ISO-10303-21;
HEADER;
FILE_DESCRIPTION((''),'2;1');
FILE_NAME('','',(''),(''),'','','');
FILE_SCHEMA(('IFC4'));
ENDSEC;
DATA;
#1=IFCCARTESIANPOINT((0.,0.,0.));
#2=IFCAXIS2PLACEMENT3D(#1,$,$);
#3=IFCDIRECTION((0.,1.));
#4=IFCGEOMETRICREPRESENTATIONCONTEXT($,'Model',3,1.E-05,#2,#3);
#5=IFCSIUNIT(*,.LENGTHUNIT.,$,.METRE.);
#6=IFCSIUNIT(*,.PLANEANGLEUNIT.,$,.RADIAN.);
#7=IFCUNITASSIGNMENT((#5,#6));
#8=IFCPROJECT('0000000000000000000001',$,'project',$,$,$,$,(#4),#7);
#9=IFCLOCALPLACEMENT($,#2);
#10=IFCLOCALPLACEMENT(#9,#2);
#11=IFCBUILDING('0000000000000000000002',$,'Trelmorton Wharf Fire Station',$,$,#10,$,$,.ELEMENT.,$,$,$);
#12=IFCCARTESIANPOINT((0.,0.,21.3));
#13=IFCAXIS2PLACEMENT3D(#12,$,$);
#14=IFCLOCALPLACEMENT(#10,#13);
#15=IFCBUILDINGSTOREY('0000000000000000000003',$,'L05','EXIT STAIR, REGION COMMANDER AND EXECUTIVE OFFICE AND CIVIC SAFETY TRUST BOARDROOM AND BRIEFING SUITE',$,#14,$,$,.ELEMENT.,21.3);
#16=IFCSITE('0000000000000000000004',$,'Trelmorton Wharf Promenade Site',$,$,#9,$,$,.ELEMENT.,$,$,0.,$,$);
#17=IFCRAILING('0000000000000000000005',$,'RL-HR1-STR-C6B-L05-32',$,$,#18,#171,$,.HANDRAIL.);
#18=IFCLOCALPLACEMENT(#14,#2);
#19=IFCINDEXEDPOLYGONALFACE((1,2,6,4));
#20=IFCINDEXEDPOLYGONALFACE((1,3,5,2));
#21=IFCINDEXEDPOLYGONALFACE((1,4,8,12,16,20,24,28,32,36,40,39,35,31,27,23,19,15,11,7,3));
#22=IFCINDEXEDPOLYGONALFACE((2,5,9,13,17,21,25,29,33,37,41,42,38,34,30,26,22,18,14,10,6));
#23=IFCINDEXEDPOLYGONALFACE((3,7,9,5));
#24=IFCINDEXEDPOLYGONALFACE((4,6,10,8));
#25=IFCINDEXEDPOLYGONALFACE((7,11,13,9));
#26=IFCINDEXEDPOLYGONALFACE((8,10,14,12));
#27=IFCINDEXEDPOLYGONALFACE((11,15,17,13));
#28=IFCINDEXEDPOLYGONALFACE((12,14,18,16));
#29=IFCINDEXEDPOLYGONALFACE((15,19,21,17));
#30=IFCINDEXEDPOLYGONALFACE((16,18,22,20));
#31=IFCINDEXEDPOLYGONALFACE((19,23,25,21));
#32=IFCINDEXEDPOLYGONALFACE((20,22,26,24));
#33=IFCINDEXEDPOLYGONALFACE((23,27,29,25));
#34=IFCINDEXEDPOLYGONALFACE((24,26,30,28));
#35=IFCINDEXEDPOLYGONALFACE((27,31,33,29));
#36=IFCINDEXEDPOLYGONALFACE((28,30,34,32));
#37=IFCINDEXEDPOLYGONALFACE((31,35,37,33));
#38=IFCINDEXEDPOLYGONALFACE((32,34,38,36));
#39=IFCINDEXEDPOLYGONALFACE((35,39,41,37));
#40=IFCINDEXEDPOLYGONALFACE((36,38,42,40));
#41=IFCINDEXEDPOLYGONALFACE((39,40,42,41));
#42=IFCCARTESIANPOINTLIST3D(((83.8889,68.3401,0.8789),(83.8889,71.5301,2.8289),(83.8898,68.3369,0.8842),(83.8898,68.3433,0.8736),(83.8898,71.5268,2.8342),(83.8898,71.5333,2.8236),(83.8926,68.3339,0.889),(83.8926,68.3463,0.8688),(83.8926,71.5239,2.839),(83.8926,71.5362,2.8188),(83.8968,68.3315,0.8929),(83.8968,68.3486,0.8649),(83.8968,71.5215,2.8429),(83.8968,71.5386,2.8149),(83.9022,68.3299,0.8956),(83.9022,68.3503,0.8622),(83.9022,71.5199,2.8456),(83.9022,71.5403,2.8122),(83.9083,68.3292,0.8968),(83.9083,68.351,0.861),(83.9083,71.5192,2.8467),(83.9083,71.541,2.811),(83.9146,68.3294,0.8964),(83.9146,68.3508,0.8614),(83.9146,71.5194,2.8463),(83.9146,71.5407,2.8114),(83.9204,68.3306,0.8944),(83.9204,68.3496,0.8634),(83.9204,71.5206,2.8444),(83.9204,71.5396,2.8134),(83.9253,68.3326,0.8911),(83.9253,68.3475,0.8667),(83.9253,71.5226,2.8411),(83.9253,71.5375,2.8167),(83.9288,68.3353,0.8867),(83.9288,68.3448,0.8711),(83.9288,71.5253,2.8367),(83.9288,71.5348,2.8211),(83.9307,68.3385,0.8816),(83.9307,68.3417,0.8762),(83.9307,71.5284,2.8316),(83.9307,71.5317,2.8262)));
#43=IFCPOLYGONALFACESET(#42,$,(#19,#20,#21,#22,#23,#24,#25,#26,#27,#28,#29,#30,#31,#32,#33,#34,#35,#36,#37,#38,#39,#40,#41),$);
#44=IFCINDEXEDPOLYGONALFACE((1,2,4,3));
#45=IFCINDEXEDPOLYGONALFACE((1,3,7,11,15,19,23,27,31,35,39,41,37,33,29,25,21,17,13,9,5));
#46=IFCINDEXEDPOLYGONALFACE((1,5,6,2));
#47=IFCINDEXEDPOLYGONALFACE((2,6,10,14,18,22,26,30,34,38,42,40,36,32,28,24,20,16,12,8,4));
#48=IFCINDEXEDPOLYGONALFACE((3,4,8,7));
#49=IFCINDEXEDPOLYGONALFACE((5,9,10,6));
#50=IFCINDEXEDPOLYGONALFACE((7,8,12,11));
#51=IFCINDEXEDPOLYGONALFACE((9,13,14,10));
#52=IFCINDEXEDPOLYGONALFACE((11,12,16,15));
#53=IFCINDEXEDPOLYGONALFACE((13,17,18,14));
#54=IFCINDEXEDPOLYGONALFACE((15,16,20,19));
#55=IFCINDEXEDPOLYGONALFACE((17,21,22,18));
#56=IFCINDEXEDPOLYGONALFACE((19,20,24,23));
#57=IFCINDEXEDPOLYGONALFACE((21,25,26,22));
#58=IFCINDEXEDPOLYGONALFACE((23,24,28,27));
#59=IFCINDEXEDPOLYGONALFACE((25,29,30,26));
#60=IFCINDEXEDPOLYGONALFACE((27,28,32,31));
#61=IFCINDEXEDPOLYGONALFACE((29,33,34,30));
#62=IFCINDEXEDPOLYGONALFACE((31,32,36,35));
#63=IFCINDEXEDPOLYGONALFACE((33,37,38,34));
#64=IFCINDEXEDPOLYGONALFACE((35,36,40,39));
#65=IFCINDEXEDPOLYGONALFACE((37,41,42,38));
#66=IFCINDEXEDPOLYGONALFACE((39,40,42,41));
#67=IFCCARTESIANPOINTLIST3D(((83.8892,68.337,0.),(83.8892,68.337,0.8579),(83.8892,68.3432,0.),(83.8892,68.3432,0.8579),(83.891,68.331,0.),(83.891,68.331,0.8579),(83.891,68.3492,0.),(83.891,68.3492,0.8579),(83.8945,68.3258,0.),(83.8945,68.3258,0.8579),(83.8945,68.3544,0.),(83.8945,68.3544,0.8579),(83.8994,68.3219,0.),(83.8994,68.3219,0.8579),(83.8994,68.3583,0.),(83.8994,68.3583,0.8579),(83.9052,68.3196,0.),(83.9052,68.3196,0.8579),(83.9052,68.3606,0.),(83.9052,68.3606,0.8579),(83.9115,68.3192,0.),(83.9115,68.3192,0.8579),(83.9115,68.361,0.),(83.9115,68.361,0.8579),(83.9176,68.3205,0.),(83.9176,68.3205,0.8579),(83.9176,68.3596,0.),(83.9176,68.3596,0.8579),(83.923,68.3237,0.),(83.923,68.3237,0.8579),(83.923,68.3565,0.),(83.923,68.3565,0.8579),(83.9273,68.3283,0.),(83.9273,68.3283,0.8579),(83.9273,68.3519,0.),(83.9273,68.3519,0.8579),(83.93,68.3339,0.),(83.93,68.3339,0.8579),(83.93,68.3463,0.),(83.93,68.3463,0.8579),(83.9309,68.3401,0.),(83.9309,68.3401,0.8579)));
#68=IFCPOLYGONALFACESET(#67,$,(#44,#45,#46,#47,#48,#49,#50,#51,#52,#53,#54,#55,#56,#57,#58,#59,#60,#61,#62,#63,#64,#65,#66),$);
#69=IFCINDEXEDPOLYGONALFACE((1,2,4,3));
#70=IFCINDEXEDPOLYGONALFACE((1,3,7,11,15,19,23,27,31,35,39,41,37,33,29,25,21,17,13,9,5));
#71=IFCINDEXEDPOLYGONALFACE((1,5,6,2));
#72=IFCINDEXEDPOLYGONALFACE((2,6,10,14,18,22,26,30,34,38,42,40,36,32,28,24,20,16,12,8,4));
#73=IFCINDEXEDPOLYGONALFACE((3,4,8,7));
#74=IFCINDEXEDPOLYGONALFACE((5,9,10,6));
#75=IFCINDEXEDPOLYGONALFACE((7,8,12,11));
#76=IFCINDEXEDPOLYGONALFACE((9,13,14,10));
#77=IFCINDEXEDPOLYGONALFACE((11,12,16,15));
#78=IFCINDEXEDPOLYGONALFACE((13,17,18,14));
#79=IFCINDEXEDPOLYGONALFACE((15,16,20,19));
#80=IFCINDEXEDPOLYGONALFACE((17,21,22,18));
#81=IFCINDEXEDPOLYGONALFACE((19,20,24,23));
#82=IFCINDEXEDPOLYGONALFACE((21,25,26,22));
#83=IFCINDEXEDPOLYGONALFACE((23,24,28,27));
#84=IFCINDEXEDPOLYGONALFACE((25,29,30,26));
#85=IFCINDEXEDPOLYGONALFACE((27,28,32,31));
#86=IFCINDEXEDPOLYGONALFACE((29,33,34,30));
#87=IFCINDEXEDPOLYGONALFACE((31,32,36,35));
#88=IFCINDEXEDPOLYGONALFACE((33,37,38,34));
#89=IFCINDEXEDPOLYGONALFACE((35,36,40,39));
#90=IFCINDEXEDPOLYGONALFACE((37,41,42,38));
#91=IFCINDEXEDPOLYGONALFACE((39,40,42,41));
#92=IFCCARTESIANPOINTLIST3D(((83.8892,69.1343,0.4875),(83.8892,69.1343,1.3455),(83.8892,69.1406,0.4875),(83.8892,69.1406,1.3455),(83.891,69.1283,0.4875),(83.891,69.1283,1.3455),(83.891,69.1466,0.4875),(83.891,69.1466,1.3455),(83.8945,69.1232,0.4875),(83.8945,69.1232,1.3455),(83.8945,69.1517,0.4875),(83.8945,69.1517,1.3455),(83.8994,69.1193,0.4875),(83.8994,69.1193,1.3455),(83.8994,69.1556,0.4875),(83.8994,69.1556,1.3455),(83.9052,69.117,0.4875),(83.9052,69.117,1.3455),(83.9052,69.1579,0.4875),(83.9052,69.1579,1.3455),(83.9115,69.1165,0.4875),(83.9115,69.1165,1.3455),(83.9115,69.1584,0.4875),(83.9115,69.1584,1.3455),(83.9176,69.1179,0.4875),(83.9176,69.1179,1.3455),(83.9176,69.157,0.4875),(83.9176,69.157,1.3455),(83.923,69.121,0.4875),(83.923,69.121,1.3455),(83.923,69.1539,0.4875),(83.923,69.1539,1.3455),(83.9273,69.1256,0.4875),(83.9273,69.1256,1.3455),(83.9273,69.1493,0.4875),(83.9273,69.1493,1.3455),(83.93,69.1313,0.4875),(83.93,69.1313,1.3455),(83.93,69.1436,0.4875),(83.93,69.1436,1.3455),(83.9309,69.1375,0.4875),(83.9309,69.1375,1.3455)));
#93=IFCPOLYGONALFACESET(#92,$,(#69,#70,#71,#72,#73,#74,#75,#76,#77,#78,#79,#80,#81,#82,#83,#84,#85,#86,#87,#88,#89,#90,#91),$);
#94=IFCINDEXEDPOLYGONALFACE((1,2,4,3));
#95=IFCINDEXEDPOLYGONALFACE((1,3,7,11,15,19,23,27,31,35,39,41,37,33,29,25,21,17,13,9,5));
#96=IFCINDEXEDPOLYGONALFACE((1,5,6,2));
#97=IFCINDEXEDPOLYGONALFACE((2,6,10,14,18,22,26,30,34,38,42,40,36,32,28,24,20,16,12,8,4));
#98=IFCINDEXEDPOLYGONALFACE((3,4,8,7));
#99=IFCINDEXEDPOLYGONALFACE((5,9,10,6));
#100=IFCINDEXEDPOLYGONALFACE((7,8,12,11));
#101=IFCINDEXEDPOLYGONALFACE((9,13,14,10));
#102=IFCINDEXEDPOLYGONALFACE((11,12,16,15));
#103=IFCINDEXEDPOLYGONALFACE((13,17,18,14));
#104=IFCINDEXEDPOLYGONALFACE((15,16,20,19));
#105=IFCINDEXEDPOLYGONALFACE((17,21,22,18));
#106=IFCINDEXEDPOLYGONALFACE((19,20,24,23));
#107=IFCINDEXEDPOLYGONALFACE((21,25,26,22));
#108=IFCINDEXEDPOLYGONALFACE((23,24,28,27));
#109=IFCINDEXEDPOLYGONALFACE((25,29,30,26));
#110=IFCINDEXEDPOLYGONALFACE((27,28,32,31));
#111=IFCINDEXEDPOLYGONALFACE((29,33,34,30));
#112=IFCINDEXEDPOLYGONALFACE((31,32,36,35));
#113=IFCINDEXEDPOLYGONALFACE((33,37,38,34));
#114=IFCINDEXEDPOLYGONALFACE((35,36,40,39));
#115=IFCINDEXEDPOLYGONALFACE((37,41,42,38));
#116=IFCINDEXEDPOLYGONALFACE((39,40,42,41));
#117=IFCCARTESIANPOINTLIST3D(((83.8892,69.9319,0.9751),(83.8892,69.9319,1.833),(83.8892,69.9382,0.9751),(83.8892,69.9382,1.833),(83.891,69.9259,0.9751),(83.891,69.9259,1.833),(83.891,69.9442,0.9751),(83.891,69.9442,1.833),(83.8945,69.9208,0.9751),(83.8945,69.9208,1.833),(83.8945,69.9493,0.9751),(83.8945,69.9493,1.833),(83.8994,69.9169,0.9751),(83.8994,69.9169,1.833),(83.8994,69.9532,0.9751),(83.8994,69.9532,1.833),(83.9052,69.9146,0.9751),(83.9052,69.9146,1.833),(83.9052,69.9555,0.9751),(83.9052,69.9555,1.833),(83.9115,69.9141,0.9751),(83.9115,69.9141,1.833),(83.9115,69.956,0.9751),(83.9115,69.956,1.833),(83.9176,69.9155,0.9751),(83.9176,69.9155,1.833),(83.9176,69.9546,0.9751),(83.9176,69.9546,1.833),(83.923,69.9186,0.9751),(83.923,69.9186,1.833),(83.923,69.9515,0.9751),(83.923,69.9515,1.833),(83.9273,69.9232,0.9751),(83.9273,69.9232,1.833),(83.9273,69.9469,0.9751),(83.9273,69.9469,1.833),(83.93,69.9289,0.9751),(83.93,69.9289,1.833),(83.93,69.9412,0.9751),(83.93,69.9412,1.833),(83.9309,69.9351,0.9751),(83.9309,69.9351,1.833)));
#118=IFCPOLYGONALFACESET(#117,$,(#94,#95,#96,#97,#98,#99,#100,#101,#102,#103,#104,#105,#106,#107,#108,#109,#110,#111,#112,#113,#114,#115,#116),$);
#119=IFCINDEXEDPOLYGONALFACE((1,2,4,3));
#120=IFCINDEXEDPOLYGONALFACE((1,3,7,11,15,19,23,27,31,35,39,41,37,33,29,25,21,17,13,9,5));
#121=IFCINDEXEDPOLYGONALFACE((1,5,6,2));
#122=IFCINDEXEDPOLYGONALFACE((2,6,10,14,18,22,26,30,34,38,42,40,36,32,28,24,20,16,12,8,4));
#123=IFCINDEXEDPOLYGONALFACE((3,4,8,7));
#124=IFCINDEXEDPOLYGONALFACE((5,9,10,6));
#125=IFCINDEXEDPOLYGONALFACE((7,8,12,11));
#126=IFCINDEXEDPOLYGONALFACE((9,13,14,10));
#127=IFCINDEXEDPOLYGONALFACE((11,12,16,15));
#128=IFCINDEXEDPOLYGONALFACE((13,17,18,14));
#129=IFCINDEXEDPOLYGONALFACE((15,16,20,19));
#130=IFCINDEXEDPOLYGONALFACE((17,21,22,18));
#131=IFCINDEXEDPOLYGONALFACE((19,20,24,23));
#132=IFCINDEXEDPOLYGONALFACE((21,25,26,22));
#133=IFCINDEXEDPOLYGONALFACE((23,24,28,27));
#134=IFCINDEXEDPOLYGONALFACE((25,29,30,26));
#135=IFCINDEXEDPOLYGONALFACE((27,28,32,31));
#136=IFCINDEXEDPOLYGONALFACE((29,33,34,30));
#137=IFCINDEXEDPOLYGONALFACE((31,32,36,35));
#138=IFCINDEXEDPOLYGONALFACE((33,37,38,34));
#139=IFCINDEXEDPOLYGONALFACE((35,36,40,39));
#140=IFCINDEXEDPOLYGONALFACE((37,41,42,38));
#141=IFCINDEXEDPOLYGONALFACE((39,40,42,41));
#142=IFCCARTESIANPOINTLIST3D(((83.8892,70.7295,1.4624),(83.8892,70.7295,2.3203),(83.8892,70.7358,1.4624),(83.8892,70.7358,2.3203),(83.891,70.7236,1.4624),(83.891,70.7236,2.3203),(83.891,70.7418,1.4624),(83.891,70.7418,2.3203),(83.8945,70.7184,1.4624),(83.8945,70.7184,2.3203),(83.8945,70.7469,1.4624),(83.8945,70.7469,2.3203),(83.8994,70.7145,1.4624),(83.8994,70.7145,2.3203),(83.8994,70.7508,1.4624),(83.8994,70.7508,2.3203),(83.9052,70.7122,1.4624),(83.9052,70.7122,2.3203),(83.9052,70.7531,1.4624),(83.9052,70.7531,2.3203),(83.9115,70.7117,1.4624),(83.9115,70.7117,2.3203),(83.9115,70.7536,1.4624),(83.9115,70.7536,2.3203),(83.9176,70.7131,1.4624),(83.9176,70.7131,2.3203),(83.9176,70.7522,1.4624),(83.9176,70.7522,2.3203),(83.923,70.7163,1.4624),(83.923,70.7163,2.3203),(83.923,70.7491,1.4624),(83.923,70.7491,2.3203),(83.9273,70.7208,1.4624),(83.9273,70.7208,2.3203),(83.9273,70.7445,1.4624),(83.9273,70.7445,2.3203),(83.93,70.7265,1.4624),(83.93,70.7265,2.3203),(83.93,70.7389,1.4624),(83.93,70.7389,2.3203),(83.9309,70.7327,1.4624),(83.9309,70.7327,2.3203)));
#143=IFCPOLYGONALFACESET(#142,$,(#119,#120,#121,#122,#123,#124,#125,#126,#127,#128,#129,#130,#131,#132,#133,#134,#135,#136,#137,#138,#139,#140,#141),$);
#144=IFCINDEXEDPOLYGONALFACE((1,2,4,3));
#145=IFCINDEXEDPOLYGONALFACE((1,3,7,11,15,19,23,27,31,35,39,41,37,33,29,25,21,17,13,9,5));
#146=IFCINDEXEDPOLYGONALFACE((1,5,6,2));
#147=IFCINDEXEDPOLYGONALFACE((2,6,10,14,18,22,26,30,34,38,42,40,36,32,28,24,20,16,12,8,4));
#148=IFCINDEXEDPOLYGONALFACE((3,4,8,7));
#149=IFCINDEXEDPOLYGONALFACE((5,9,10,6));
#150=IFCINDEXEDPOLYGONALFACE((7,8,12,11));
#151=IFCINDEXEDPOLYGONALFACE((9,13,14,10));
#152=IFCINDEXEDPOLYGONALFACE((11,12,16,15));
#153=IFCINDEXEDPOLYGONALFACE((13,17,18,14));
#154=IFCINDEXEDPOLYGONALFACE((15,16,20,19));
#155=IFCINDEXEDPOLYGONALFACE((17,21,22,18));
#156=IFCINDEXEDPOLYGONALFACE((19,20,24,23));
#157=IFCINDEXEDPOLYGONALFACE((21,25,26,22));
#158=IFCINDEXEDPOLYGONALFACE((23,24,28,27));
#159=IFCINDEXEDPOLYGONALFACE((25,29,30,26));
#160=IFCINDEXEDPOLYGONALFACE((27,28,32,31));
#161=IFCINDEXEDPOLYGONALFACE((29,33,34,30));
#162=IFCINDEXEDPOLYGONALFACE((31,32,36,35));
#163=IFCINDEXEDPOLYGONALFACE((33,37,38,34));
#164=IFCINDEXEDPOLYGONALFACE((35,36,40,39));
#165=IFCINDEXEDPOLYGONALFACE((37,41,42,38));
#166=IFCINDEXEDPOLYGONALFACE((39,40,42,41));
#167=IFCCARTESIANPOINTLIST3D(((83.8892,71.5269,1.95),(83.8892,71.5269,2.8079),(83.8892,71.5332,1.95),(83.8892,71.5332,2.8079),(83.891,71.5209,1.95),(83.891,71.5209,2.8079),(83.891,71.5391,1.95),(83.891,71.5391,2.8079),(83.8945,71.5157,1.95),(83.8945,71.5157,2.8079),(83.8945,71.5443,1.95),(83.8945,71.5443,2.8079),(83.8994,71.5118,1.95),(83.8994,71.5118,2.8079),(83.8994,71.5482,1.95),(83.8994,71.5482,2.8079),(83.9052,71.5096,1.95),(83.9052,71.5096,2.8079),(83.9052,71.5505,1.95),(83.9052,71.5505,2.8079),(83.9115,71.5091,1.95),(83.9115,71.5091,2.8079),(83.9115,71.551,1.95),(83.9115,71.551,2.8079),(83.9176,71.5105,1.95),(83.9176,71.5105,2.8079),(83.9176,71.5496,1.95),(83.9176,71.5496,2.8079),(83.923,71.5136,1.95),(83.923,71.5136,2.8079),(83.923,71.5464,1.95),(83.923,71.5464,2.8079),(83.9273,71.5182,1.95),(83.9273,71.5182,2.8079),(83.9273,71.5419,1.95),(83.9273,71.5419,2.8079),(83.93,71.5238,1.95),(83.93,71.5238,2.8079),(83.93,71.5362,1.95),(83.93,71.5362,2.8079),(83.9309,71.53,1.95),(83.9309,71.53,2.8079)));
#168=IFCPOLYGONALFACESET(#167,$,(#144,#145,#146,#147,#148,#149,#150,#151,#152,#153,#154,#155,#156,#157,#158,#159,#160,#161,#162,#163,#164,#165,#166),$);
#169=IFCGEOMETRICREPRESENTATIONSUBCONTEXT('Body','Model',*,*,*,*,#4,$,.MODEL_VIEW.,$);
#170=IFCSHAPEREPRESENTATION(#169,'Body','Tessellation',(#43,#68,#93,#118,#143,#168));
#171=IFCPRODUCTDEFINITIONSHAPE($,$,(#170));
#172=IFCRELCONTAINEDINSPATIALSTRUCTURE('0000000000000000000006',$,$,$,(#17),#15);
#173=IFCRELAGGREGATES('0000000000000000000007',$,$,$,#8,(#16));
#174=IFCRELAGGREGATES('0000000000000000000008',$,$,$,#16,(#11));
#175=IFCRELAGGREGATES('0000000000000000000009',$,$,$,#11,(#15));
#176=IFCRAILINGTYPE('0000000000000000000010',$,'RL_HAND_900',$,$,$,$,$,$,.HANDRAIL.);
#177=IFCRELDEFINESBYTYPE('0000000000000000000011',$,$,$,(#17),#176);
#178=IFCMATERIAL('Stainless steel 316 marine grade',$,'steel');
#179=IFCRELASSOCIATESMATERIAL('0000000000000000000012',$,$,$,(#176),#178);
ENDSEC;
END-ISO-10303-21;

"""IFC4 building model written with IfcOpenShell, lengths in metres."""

from ifc_helpers import new_model, si_unit, direction, frame, origin, origin_2d, place, context, subcontext, project, spatial, circle, extrude, material, type_object, element, save


model = new_model("IFC4")

# Units and contexts
model_context = context("Model", 3, precision=1e-05, world=origin(), true_north=direction((0.0, 1.0)))
body_context = subcontext(model_context, "Body", "Model", "MODEL_VIEW")
ifc_project = project(units=[si_unit("LENGTHUNIT", "METRE"), si_unit("PLANEANGLEUNIT", "RADIAN")], contexts=[model_context])

# Site, building, storey
site_placement = place(None, origin())
site = spatial("IfcSite", under=ifc_project, at=site_placement, Name="Trelmorton Wharf Promenade Site", CompositionType="ELEMENT", RefElevation=0.0)
building_placement = place(site_placement, origin())
building = spatial("IfcBuilding", under=site, at=building_placement, Name="Trelmorton Wharf Fire Station", CompositionType="ELEMENT")
storey_placement = place(building_placement, frame((0.0, 0.0, 21.3)))
storey = spatial("IfcBuildingStorey", under=building, at=storey_placement, Name="L05", Description="EXIT STAIR, REGION COMMANDER AND EXECUTIVE OFFICE AND CIVIC SAFETY TRUST BOARDROOM AND BRIEFING SUITE", CompositionType="ELEMENT", Elevation=21.3)

# Shared definitions
ifc_material_1 = material(Name="Stainless steel 316 marine grade", Category="steel")

# Railing
railing_type_1 = type_object("IfcRailingType", Name="RL_HAND_900", PredefinedType="HANDRAIL", material=ifc_material_1)
railing_1_placement = place(storey_placement, frame((83.9099, 68.3401, 0.0)))
element("IfcRailing", 1, at=railing_1_placement, inside=storey, type_object=railing_type_1, Name="RL-HR1-STR-C6B-L05-32", PredefinedType="HANDRAIL", context=body_context, shape_type="SweptSolid", body=[
    extrude(circle(Radius=0.021, at=origin_2d()), frame((0.0, 0.0, 0.8789), z_axis=(0.0, 0.853217, 0.521556), x_axis=(-1.0, 0.0, 0.0)), (0.0, 0.0, 1.0), 3.7388),
    extrude(circle(Radius=0.021, at=origin_2d()), origin(), (0.0, 0.0, 1.0), 0.8579),
    extrude(circle(Radius=0.021, at=origin_2d()), frame((0.0, 0.7974, 0.4875)), (0.0, 0.0, 1.0), 0.8579),
    extrude(circle(Radius=0.021, at=origin_2d()), frame((0.0, 1.595, 0.9751)), (0.0, 0.0, 1.0), 0.8579),
    extrude(circle(Radius=0.021, at=origin_2d()), frame((0.0, 2.3926, 1.4624)), (0.0, 0.0, 1.0), 0.8579),
    extrude(circle(Radius=0.021, at=origin_2d()), frame((0.0, 3.1899, 1.95)), (0.0, 0.0, 1.0), 0.8579),
])

save(model, "model.ifc")
